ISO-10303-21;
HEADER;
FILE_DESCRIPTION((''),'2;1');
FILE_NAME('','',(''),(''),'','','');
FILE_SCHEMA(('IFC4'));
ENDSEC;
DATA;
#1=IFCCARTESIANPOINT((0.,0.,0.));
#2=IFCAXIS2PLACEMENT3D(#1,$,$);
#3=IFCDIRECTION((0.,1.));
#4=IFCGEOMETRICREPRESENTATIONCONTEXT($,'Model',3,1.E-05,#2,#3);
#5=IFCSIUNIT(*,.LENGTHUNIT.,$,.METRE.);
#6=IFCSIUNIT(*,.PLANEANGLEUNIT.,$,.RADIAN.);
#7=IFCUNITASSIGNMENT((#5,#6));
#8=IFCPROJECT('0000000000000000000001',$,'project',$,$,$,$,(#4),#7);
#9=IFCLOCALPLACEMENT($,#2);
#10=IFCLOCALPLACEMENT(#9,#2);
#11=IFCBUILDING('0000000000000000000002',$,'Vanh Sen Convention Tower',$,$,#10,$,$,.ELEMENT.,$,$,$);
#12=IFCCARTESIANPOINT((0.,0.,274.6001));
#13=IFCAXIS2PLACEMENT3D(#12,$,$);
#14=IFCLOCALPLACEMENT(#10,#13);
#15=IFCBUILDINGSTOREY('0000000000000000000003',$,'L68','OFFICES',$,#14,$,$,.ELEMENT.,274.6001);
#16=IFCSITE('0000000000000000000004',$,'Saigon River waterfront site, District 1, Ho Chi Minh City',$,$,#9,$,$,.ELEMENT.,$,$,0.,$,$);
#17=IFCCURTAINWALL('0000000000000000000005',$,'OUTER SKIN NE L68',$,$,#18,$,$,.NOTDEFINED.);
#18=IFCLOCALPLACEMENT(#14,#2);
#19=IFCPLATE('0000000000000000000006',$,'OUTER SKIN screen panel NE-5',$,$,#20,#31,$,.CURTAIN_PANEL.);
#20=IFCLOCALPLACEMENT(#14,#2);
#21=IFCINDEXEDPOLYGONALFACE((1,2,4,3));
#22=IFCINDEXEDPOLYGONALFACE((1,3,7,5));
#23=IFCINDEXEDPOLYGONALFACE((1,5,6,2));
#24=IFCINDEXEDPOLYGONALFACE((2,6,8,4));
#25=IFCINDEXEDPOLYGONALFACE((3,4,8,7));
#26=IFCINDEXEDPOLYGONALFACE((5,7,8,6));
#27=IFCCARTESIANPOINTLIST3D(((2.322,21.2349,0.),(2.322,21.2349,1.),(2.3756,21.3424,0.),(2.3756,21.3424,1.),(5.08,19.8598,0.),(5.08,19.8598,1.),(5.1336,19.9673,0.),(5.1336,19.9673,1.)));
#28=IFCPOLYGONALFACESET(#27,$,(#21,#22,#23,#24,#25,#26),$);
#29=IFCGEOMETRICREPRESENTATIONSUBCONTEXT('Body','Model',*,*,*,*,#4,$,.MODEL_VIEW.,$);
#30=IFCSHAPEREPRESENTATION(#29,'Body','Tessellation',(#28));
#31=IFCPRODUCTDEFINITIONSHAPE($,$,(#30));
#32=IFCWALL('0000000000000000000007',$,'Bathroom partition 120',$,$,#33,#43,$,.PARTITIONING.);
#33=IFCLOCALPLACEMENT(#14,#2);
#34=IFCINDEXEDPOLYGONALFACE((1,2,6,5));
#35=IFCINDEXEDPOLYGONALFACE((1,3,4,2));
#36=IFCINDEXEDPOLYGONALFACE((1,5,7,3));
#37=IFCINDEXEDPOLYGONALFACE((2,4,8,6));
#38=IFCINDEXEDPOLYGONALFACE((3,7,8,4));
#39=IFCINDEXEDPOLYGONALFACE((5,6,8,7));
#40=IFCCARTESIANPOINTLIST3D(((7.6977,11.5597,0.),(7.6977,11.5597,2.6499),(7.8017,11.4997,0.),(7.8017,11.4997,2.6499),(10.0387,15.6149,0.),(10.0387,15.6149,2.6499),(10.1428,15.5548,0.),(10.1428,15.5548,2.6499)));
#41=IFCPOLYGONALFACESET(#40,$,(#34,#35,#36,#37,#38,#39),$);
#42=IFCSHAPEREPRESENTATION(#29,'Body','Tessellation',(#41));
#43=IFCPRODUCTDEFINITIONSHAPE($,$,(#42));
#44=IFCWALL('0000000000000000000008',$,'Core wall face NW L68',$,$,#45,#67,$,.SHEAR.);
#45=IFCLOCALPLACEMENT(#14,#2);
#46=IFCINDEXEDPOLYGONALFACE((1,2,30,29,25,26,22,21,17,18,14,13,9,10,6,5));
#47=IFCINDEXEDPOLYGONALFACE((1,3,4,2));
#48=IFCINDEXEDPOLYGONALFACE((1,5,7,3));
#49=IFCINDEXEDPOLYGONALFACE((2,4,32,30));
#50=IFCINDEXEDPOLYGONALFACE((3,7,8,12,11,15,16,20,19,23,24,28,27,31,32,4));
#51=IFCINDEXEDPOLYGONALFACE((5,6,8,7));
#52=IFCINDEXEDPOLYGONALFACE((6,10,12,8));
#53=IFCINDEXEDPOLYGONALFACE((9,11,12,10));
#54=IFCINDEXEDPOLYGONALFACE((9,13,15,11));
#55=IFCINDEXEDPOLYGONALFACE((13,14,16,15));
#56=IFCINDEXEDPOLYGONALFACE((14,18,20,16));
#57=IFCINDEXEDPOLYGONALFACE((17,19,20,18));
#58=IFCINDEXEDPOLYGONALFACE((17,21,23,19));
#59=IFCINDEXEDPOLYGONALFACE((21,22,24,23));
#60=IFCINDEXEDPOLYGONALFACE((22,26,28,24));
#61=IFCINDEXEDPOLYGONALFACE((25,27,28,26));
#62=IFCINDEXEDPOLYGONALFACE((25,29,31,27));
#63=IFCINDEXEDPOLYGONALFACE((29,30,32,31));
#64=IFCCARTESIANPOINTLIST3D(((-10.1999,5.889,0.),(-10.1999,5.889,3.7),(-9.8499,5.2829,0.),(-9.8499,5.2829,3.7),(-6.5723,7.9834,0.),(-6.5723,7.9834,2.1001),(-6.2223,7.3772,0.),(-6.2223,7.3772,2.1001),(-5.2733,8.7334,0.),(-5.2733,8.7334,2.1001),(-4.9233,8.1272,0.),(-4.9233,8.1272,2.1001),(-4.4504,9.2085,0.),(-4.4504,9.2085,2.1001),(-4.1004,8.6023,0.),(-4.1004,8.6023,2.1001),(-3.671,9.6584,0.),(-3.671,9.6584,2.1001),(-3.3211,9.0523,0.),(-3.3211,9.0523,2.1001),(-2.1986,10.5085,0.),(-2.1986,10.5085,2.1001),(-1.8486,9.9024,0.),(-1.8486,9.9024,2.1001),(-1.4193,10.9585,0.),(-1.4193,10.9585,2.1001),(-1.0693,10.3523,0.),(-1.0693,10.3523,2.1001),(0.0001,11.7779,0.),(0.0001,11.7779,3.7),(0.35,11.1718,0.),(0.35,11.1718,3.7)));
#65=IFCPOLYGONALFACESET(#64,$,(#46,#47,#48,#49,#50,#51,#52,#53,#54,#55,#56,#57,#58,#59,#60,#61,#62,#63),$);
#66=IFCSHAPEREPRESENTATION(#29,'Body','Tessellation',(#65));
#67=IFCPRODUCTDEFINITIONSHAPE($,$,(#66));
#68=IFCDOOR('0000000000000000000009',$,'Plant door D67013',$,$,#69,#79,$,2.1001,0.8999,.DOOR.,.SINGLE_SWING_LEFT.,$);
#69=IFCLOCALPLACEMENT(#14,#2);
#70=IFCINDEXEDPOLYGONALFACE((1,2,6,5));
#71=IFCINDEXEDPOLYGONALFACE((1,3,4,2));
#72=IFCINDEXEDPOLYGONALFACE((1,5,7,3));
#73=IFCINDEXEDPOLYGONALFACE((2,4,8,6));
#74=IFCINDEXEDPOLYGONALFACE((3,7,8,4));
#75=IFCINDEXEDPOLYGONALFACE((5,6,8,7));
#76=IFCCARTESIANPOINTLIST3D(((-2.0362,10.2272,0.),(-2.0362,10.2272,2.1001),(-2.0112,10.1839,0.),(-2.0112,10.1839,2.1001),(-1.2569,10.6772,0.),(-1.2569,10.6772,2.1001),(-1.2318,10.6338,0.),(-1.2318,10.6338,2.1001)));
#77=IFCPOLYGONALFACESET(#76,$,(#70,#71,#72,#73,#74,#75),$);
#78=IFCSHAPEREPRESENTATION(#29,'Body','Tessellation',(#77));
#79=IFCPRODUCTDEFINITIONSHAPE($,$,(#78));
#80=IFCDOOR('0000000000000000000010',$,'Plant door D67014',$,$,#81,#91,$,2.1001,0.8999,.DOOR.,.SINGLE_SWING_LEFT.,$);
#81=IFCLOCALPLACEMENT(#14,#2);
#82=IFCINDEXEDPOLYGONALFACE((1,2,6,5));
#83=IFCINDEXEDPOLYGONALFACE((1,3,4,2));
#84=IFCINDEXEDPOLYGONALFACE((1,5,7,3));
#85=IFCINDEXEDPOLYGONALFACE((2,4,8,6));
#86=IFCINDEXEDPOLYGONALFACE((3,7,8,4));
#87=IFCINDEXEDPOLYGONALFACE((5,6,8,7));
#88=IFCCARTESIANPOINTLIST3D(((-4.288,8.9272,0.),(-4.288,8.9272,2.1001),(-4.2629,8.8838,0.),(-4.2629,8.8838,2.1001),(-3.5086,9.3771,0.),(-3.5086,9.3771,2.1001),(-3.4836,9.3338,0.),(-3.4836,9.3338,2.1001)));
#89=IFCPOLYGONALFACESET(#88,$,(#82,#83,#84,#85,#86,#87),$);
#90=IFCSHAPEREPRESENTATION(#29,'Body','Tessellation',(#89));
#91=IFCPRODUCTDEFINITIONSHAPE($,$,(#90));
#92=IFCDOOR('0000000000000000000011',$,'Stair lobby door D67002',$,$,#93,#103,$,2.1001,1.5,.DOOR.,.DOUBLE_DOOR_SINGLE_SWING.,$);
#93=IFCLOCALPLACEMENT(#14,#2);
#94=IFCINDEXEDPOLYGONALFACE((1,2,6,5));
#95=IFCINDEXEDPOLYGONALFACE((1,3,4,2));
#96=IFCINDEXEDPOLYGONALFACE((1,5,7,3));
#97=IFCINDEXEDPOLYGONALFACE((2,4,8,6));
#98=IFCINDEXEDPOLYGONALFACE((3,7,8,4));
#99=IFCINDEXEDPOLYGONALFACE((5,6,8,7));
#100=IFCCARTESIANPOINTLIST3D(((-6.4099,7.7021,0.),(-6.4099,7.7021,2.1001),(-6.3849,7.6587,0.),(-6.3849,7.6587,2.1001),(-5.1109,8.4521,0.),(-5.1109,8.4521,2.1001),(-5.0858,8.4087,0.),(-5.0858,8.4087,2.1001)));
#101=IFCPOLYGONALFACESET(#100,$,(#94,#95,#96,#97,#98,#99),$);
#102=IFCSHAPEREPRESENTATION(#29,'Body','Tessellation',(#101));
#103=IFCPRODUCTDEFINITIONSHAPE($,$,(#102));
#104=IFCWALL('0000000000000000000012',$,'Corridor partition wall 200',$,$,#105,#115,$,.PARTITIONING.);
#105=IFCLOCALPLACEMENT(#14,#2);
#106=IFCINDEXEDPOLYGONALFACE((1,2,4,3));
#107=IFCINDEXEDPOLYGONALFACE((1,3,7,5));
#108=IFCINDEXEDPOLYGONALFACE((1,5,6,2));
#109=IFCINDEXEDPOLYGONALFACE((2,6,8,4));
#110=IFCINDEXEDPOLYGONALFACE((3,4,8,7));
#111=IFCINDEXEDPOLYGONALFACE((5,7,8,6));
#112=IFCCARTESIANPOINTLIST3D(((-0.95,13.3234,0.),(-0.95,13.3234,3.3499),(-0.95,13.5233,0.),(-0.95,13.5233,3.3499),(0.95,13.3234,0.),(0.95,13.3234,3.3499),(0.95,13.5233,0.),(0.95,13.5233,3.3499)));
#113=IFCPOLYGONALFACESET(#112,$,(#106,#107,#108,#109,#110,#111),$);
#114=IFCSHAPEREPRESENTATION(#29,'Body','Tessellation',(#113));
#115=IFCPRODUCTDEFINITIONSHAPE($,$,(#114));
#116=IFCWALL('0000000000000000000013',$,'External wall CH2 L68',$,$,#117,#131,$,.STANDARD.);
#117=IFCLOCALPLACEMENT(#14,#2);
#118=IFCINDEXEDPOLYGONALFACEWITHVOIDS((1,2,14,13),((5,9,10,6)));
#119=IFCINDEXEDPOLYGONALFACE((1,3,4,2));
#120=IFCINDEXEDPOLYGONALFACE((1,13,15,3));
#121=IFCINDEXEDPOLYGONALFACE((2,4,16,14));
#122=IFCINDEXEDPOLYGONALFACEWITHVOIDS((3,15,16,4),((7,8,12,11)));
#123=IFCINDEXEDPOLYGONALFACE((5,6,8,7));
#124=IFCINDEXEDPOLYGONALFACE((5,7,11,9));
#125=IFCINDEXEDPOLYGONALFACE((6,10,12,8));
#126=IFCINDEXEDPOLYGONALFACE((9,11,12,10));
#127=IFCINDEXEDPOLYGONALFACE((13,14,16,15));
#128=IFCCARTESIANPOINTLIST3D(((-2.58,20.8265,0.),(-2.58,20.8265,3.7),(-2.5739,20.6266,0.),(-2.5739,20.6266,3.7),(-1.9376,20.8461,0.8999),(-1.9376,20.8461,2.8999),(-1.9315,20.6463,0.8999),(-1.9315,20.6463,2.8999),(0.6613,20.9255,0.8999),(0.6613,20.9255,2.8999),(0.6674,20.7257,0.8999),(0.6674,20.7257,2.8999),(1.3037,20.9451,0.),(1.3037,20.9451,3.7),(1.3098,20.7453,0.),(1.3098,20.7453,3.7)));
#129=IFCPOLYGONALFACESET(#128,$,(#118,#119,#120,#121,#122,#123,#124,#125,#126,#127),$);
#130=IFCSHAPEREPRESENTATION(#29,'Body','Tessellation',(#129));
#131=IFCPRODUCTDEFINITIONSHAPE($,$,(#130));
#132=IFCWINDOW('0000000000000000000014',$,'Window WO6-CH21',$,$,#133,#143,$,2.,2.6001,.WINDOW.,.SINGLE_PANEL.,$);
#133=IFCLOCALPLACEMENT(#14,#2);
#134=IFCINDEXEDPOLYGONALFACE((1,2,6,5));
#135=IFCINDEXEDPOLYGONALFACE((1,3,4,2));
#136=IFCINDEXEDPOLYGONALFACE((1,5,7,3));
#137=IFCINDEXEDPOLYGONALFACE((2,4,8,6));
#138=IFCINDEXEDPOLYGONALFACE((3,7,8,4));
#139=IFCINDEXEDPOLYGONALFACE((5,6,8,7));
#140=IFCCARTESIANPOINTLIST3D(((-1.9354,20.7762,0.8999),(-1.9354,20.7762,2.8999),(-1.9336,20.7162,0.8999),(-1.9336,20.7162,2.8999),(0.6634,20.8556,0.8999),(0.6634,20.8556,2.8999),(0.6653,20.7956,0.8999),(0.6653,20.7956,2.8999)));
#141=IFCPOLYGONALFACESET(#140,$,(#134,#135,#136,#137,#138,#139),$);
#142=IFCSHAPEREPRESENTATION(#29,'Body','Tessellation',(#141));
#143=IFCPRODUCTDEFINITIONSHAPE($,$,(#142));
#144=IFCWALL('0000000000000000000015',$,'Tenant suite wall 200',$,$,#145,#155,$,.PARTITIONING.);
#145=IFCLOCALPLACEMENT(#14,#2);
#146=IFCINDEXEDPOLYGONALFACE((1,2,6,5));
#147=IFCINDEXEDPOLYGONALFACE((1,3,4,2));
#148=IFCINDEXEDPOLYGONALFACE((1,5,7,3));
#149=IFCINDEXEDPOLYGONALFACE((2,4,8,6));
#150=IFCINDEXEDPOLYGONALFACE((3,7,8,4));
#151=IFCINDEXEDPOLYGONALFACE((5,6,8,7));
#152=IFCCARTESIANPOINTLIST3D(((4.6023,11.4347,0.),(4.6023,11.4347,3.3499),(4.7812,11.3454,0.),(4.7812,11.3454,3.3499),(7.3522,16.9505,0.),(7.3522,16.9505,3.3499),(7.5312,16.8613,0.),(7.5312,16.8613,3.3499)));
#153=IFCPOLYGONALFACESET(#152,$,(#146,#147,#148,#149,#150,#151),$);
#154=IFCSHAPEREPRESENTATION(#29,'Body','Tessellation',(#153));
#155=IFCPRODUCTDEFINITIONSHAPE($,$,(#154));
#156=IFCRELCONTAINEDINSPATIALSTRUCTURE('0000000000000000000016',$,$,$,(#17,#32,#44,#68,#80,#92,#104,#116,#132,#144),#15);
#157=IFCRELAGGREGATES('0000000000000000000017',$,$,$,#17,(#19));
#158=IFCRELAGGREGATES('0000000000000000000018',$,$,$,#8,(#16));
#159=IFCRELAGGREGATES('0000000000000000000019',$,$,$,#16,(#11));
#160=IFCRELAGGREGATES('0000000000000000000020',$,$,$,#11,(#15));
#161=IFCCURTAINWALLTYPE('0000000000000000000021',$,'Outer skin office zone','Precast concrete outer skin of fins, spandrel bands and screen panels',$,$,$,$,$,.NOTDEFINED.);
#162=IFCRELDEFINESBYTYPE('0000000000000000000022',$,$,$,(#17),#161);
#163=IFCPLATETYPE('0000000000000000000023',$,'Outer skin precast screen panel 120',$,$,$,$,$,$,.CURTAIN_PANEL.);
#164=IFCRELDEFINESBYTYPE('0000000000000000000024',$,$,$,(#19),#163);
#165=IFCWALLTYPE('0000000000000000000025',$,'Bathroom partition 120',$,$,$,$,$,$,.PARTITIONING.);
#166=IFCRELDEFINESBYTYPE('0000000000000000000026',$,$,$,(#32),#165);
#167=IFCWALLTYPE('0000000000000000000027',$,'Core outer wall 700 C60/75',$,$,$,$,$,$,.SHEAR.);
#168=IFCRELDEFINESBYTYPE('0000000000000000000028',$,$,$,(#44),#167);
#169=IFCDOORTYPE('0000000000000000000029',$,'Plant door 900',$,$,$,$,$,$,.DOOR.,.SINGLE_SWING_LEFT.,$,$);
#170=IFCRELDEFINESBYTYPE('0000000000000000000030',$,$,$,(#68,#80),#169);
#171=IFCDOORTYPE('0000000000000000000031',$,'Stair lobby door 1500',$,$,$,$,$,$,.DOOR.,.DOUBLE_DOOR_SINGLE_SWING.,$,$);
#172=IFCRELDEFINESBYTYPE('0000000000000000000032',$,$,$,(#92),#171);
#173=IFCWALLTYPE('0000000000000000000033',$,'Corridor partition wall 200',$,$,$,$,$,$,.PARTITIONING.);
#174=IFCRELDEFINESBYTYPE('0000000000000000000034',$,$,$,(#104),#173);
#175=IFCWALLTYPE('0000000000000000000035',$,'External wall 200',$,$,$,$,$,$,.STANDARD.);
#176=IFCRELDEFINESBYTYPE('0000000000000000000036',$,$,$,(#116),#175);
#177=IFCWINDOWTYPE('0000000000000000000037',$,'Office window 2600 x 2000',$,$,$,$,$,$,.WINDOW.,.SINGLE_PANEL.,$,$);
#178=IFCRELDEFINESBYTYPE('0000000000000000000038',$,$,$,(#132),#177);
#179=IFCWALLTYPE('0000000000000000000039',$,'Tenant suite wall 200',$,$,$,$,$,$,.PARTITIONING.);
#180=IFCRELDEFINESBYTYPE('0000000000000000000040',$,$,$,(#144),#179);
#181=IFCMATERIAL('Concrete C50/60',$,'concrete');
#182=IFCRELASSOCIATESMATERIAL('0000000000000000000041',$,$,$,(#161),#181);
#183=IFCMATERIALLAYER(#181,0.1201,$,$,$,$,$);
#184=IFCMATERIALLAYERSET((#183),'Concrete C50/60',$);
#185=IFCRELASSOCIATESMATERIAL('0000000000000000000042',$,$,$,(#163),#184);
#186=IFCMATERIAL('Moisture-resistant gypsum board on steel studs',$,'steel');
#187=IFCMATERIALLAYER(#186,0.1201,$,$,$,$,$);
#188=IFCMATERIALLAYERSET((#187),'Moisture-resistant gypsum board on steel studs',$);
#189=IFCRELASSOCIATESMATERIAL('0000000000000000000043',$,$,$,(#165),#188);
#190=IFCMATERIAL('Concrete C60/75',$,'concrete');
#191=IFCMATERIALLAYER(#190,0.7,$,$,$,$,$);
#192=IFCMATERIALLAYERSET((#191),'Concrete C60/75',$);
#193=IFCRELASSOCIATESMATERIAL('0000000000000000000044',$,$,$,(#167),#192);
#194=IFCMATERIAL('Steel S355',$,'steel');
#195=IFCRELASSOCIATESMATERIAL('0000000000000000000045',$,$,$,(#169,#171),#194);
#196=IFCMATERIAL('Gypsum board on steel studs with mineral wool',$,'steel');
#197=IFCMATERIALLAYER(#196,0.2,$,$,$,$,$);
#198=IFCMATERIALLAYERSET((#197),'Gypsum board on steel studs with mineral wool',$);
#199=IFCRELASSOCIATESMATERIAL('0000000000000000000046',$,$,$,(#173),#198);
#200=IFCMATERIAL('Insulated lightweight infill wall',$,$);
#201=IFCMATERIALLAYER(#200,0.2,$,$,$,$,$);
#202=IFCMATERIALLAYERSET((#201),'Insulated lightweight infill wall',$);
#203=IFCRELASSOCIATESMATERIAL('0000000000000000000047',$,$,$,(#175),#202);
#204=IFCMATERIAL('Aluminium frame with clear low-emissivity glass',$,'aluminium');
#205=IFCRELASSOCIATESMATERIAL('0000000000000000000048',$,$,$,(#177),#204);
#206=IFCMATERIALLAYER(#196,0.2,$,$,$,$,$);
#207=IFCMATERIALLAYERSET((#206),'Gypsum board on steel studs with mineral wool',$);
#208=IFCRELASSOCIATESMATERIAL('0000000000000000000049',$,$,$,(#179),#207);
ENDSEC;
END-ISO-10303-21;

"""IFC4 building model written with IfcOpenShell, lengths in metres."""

from ifc_helpers import new_model, si_unit, direction, frame, frame_2d, origin, origin_2d, place, context, subcontext, project, spatial, rectangle, extrude, material, layer, layer_set, type_object, element, fill, aggregate, save


model = new_model("IFC4")

# Units and contexts
model_context = context("Model", 3, precision=1e-05, world=origin(), true_north=direction((0.0, 1.0)))
body_context = subcontext(model_context, "Body", "Model", "MODEL_VIEW")
ifc_project = project(units=[si_unit("LENGTHUNIT", "METRE"), si_unit("PLANEANGLEUNIT", "RADIAN")], contexts=[model_context])

# Site, building, storey
site_placement = place(None, origin())
site = spatial("IfcSite", under=ifc_project, at=site_placement, Name="Saigon River waterfront site, District 1, Ho Chi Minh City", CompositionType="ELEMENT", RefElevation=0.0)
building_placement = place(site_placement, origin())
building = spatial("IfcBuilding", under=site, at=building_placement, Name="Vanh Sen Convention Tower", CompositionType="ELEMENT")
storey_placement = place(building_placement, frame((0.0, 0.0, 274.6001)))
storey = spatial("IfcBuildingStorey", under=building, at=storey_placement, Name="L68", Description="OFFICES", CompositionType="ELEMENT", Elevation=274.6001)

# Shared definitions
ifc_material_1 = material(Name="Concrete C60/75", Category="concrete")

# Curtain wall
ifc_material_2 = material(Name="Concrete C50/60", Category="concrete")
curtain_wall_type = type_object("IfcCurtainWallType", Name="Outer skin office zone", Description="Precast concrete outer skin of fins, spandrel bands and screen panels", PredefinedType="NOTDEFINED", material=ifc_material_2)
curtain_wall_1_placement = place(storey_placement, origin())
curtain_wall_1 = element("IfcCurtainWall", 1, at=curtain_wall_1_placement, inside=storey, type_object=curtain_wall_type, Name="OUTER SKIN NE L68", PredefinedType="NOTDEFINED")

# Plate
ifc_layer_1 = layer(ifc_material_2, 0.1201)
ifc_layer_set_1 = layer_set([ifc_layer_1], Name="Concrete C50/60")
plate_type = type_object("IfcPlateType", Name="Outer skin precast screen panel 120", PredefinedType="CURTAIN_PANEL", material=ifc_layer_set_1)
plate_1_placement = place(storey_placement, frame((3.7278, 20.6011, 0.0), z_axis=(0.0, 0.0, 1.0), x_axis=(-0.894931, 0.446204, 0.0)))
plate_1 = element("IfcPlate", 2, at=plate_1_placement, type_object=plate_type, Name="OUTER SKIN screen panel NE-5", PredefinedType="CURTAIN_PANEL", context=body_context, shape_type="SweptSolid", body=[
    extrude(rectangle(XDim=3.0818, YDim=0.1201, at=origin_2d()), origin(), (0.0, 0.0, 1.0), 1.0),
])
aggregate(curtain_wall_1, [plate_1])

# Wall
ifc_material_3 = material(Name="Moisture-resistant gypsum board on steel studs", Category="steel")
ifc_layer_2 = layer(ifc_material_3, 0.1201)
ifc_layer_set_2 = layer_set([ifc_layer_2], Name="Moisture-resistant gypsum board on steel studs")
wall_type_1 = type_object("IfcWallType", Name="Bathroom partition 120", PredefinedType="PARTITIONING", material=ifc_layer_set_2)
wall_1_placement = place(storey_placement, frame((10.0908, 15.585, 0.0), z_axis=(0.0, 0.0, 1.0), x_axis=(-0.499969, -0.866043, 0.0)))
element("IfcWall", 3, at=wall_1_placement, inside=storey, type_object=wall_type_1, Name="Bathroom partition 120", PredefinedType="PARTITIONING", context=body_context, shape_type="SweptSolid", body=[
    extrude(rectangle(XDim=4.6824, YDim=0.1201, at=frame_2d((2.3413, 0.0))), origin(), (0.0, 0.0, 1.0), 2.6499),
])

# Wall, openings, doors
ifc_layer_3 = layer(ifc_material_1, 0.7)
ifc_layer_set_3 = layer_set([ifc_layer_3], Name="Concrete C60/75")
wall_type_2 = type_object("IfcWallType", Name="Core outer wall 700 C60/75", PredefinedType="SHEAR", material=ifc_layer_set_3)
wall_2_placement = place(storey_placement, frame((0.175, 11.4749, 0.0), z_axis=(0.0, 0.0, 1.0), x_axis=(-0.866026, -0.499998, 0.0)))
wall_2 = element("IfcWall", 4, at=wall_2_placement, inside=storey, type_object=wall_type_2, Name="Core wall face NW L68", PredefinedType="SHEAR", context=body_context, shape_type="SweptSolid", body=[
    extrude(rectangle(XDim=11.7778, YDim=0.7, at=frame_2d((5.8889, 0.0))), origin(), (0.0, 0.0, 1.0), 3.7),
])
opening_1_placement = place(wall_2_placement, frame((6.0891, 0.0, 0.0)))
opening_1 = element("IfcOpeningElement", 5, at=opening_1_placement, cuts=wall_2, PredefinedType="OPENING", context=body_context, shape_type="SweptSolid", body=[
    extrude(rectangle(XDim=1.5, YDim=2.1001, at=frame_2d((0.75, 1.05))), frame((0.0, 0.3599, 0.0), z_axis=(0.0, -1.0, 0.0), x_axis=(1.0, 0.0, 0.0)), (0.0, 0.0, 1.0), 0.72),
])
opening_2_placement = place(wall_2_placement, frame((1.6389, 0.0, 0.0)))
opening_2 = element("IfcOpeningElement", 6, at=opening_2_placement, cuts=wall_2, PredefinedType="OPENING", context=body_context, shape_type="SweptSolid", body=[
    extrude(rectangle(XDim=0.8999, YDim=2.1001, at=frame_2d((0.45, 1.05))), frame((0.0, 0.3599, 0.0), z_axis=(0.0, -1.0, 0.0), x_axis=(1.0, 0.0, 0.0)), (0.0, 0.0, 1.0), 0.72),
])
opening_3_placement = place(wall_2_placement, frame((4.239, 0.0, 0.0)))
opening_3 = element("IfcOpeningElement", 7, at=opening_3_placement, cuts=wall_2, PredefinedType="OPENING", context=body_context, shape_type="SweptSolid", body=[
    extrude(rectangle(XDim=0.8999, YDim=2.1001, at=frame_2d((0.45, 1.05))), frame((0.0, 0.3599, 0.0), z_axis=(0.0, -1.0, 0.0), x_axis=(1.0, 0.0, 0.0)), (0.0, 0.0, 1.0), 0.72),
])
ifc_material_4 = material(Name="Steel S355", Category="steel")
door_type_1 = type_object("IfcDoorType", Name="Plant door 900", OperationType="SINGLE_SWING_LEFT", PredefinedType="DOOR", material=ifc_material_4)
door_1_placement = place(opening_2_placement, origin())
door_1 = element("IfcDoor", 8, at=door_1_placement, inside=storey, type_object=door_type_1, Name="Plant door D67013", OperationType="SINGLE_SWING_LEFT", OverallHeight=2.1001, OverallWidth=0.8999, PredefinedType="DOOR", context=body_context, shape_type="SweptSolid", body=[
    extrude(rectangle(XDim=0.8999, YDim=2.1001, at=frame_2d((0.45, 1.05))), frame((0.0, 0.0249, 0.0), z_axis=(0.0, -1.0, 0.0), x_axis=(1.0, 0.0, 0.0)), (0.0, 0.0, 1.0), 0.05),
])
fill(opening_2, door_1)
door_2_placement = place(opening_3_placement, origin())
door_2 = element("IfcDoor", 9, at=door_2_placement, inside=storey, type_object=door_type_1, Name="Plant door D67014", OperationType="SINGLE_SWING_LEFT", OverallHeight=2.1001, OverallWidth=0.8999, PredefinedType="DOOR", context=body_context, shape_type="SweptSolid", body=[
    extrude(rectangle(XDim=0.8999, YDim=2.1001, at=frame_2d((0.45, 1.05))), frame((0.0, 0.0249, 0.0), z_axis=(0.0, -1.0, 0.0), x_axis=(1.0, 0.0, 0.0)), (0.0, 0.0, 1.0), 0.05),
])
fill(opening_3, door_2)
door_type_2 = type_object("IfcDoorType", Name="Stair lobby door 1500", OperationType="DOUBLE_DOOR_SINGLE_SWING", PredefinedType="DOOR", material=ifc_material_4)
door_3_placement = place(opening_1_placement, origin())
door_3 = element("IfcDoor", 10, at=door_3_placement, inside=storey, type_object=door_type_2, Name="Stair lobby door D67002", OperationType="DOUBLE_DOOR_SINGLE_SWING", OverallHeight=2.1001, OverallWidth=1.5, PredefinedType="DOOR", context=body_context, shape_type="SweptSolid", body=[
    extrude(rectangle(XDim=1.5, YDim=2.1001, at=frame_2d((0.75, 1.05))), frame((0.0, 0.0249, 0.0), z_axis=(0.0, -1.0, 0.0), x_axis=(1.0, 0.0, 0.0)), (0.0, 0.0, 1.0), 0.05),
])
fill(opening_1, door_3)

# Wall
ifc_material_5 = material(Name="Gypsum board on steel studs with mineral wool", Category="steel")
ifc_layer_4 = layer(ifc_material_5, 0.2)
ifc_layer_set_4 = layer_set([ifc_layer_4], Name="Gypsum board on steel studs with mineral wool")
wall_type_3 = type_object("IfcWallType", Name="Corridor partition wall 200", PredefinedType="PARTITIONING", material=ifc_layer_set_4)
wall_3_placement = place(storey_placement, frame((0.95, 13.4233, 0.0), z_axis=(0.0, 0.0, 1.0), x_axis=(-1.0, 0.0, 0.0)))
element("IfcWall", 11, at=wall_3_placement, inside=storey, type_object=wall_type_3, Name="Corridor partition wall 200", PredefinedType="PARTITIONING", context=body_context, shape_type="SweptSolid", body=[
    extrude(rectangle(XDim=1.8999, YDim=0.2, at=frame_2d((0.95, 0.0))), origin(), (0.0, 0.0, 1.0), 3.3499),
])

# Wall, opening, window
ifc_material_6 = material(Name="Insulated lightweight infill wall")
ifc_layer_5 = layer(ifc_material_6, 0.2)
ifc_layer_set_5 = layer_set([ifc_layer_5], Name="Insulated lightweight infill wall")
wall_type_4 = type_object("IfcWallType", Name="External wall 200", PredefinedType="STANDARD", material=ifc_layer_set_5)
wall_4_placement = place(storey_placement, frame((1.3069, 20.8452, 0.0), z_axis=(0.0, 0.0, 1.0), x_axis=(-0.999534, -0.030536, 0.0)))
wall_4 = element("IfcWall", 12, at=wall_4_placement, inside=storey, type_object=wall_type_4, Name="External wall CH2 L68", PredefinedType="STANDARD", context=body_context, shape_type="SweptSolid", body=[
    extrude(rectangle(XDim=3.8855, YDim=0.2, at=frame_2d((1.9429, 0.0))), origin(), (0.0, 0.0, 1.0), 3.7),
])
opening_4_placement = place(wall_4_placement, frame((0.6428, 0.0, 0.8999)))
opening_4 = element("IfcOpeningElement", 13, at=opening_4_placement, cuts=wall_4, PredefinedType="OPENING", context=body_context, shape_type="SweptSolid", body=[
    extrude(rectangle(XDim=2.6001, YDim=2.0, at=frame_2d((1.3, 1.0))), frame((0.0, 0.1099, 0.0), z_axis=(0.0, -1.0, 0.0), x_axis=(1.0, 0.0, 0.0)), (0.0, 0.0, 1.0), 0.22),
])
ifc_material_7 = material(Name="Aluminium frame with clear low-emissivity glass", Category="aluminium")
window_type = type_object("IfcWindowType", Name="Office window 2600 x 2000", PartitioningType="SINGLE_PANEL", PredefinedType="WINDOW", material=ifc_material_7)
window_placement = place(opening_4_placement, origin())
window = element("IfcWindow", 14, at=window_placement, inside=storey, type_object=window_type, Name="Window WO6-CH21", OverallHeight=2.0, OverallWidth=2.6001, PartitioningType="SINGLE_PANEL", PredefinedType="WINDOW", context=body_context, shape_type="SweptSolid", body=[
    extrude(rectangle(XDim=2.6001, YDim=2.0, at=frame_2d((1.3, 1.0))), frame((0.0, 0.03, 0.0), z_axis=(0.0, -1.0, 0.0), x_axis=(1.0, 0.0, 0.0)), (0.0, 0.0, 1.0), 0.0601),
])
fill(opening_4, window)

# Wall
ifc_layer_6 = layer(ifc_material_5, 0.2)
ifc_layer_set_6 = layer_set([ifc_layer_6], Name="Gypsum board on steel studs with mineral wool")
wall_type_5 = type_object("IfcWallType", Name="Tenant suite wall 200", PredefinedType="PARTITIONING", material=ifc_layer_set_6)
wall_5_placement = place(storey_placement, frame((7.4417, 16.9058, 0.0), z_axis=(0.0, 0.0, 1.0), x_axis=(-0.446183, -0.894942, 0.0)))
element("IfcWall", 15, at=wall_5_placement, inside=storey, type_object=wall_type_5, Name="Tenant suite wall 200", PredefinedType="PARTITIONING", context=body_context, shape_type="SweptSolid", body=[
    extrude(rectangle(XDim=6.1633, YDim=0.2, at=frame_2d((3.0815, 0.0))), origin(), (0.0, 0.0, 1.0), 3.3499),
])

save(model, "model.ifc")
